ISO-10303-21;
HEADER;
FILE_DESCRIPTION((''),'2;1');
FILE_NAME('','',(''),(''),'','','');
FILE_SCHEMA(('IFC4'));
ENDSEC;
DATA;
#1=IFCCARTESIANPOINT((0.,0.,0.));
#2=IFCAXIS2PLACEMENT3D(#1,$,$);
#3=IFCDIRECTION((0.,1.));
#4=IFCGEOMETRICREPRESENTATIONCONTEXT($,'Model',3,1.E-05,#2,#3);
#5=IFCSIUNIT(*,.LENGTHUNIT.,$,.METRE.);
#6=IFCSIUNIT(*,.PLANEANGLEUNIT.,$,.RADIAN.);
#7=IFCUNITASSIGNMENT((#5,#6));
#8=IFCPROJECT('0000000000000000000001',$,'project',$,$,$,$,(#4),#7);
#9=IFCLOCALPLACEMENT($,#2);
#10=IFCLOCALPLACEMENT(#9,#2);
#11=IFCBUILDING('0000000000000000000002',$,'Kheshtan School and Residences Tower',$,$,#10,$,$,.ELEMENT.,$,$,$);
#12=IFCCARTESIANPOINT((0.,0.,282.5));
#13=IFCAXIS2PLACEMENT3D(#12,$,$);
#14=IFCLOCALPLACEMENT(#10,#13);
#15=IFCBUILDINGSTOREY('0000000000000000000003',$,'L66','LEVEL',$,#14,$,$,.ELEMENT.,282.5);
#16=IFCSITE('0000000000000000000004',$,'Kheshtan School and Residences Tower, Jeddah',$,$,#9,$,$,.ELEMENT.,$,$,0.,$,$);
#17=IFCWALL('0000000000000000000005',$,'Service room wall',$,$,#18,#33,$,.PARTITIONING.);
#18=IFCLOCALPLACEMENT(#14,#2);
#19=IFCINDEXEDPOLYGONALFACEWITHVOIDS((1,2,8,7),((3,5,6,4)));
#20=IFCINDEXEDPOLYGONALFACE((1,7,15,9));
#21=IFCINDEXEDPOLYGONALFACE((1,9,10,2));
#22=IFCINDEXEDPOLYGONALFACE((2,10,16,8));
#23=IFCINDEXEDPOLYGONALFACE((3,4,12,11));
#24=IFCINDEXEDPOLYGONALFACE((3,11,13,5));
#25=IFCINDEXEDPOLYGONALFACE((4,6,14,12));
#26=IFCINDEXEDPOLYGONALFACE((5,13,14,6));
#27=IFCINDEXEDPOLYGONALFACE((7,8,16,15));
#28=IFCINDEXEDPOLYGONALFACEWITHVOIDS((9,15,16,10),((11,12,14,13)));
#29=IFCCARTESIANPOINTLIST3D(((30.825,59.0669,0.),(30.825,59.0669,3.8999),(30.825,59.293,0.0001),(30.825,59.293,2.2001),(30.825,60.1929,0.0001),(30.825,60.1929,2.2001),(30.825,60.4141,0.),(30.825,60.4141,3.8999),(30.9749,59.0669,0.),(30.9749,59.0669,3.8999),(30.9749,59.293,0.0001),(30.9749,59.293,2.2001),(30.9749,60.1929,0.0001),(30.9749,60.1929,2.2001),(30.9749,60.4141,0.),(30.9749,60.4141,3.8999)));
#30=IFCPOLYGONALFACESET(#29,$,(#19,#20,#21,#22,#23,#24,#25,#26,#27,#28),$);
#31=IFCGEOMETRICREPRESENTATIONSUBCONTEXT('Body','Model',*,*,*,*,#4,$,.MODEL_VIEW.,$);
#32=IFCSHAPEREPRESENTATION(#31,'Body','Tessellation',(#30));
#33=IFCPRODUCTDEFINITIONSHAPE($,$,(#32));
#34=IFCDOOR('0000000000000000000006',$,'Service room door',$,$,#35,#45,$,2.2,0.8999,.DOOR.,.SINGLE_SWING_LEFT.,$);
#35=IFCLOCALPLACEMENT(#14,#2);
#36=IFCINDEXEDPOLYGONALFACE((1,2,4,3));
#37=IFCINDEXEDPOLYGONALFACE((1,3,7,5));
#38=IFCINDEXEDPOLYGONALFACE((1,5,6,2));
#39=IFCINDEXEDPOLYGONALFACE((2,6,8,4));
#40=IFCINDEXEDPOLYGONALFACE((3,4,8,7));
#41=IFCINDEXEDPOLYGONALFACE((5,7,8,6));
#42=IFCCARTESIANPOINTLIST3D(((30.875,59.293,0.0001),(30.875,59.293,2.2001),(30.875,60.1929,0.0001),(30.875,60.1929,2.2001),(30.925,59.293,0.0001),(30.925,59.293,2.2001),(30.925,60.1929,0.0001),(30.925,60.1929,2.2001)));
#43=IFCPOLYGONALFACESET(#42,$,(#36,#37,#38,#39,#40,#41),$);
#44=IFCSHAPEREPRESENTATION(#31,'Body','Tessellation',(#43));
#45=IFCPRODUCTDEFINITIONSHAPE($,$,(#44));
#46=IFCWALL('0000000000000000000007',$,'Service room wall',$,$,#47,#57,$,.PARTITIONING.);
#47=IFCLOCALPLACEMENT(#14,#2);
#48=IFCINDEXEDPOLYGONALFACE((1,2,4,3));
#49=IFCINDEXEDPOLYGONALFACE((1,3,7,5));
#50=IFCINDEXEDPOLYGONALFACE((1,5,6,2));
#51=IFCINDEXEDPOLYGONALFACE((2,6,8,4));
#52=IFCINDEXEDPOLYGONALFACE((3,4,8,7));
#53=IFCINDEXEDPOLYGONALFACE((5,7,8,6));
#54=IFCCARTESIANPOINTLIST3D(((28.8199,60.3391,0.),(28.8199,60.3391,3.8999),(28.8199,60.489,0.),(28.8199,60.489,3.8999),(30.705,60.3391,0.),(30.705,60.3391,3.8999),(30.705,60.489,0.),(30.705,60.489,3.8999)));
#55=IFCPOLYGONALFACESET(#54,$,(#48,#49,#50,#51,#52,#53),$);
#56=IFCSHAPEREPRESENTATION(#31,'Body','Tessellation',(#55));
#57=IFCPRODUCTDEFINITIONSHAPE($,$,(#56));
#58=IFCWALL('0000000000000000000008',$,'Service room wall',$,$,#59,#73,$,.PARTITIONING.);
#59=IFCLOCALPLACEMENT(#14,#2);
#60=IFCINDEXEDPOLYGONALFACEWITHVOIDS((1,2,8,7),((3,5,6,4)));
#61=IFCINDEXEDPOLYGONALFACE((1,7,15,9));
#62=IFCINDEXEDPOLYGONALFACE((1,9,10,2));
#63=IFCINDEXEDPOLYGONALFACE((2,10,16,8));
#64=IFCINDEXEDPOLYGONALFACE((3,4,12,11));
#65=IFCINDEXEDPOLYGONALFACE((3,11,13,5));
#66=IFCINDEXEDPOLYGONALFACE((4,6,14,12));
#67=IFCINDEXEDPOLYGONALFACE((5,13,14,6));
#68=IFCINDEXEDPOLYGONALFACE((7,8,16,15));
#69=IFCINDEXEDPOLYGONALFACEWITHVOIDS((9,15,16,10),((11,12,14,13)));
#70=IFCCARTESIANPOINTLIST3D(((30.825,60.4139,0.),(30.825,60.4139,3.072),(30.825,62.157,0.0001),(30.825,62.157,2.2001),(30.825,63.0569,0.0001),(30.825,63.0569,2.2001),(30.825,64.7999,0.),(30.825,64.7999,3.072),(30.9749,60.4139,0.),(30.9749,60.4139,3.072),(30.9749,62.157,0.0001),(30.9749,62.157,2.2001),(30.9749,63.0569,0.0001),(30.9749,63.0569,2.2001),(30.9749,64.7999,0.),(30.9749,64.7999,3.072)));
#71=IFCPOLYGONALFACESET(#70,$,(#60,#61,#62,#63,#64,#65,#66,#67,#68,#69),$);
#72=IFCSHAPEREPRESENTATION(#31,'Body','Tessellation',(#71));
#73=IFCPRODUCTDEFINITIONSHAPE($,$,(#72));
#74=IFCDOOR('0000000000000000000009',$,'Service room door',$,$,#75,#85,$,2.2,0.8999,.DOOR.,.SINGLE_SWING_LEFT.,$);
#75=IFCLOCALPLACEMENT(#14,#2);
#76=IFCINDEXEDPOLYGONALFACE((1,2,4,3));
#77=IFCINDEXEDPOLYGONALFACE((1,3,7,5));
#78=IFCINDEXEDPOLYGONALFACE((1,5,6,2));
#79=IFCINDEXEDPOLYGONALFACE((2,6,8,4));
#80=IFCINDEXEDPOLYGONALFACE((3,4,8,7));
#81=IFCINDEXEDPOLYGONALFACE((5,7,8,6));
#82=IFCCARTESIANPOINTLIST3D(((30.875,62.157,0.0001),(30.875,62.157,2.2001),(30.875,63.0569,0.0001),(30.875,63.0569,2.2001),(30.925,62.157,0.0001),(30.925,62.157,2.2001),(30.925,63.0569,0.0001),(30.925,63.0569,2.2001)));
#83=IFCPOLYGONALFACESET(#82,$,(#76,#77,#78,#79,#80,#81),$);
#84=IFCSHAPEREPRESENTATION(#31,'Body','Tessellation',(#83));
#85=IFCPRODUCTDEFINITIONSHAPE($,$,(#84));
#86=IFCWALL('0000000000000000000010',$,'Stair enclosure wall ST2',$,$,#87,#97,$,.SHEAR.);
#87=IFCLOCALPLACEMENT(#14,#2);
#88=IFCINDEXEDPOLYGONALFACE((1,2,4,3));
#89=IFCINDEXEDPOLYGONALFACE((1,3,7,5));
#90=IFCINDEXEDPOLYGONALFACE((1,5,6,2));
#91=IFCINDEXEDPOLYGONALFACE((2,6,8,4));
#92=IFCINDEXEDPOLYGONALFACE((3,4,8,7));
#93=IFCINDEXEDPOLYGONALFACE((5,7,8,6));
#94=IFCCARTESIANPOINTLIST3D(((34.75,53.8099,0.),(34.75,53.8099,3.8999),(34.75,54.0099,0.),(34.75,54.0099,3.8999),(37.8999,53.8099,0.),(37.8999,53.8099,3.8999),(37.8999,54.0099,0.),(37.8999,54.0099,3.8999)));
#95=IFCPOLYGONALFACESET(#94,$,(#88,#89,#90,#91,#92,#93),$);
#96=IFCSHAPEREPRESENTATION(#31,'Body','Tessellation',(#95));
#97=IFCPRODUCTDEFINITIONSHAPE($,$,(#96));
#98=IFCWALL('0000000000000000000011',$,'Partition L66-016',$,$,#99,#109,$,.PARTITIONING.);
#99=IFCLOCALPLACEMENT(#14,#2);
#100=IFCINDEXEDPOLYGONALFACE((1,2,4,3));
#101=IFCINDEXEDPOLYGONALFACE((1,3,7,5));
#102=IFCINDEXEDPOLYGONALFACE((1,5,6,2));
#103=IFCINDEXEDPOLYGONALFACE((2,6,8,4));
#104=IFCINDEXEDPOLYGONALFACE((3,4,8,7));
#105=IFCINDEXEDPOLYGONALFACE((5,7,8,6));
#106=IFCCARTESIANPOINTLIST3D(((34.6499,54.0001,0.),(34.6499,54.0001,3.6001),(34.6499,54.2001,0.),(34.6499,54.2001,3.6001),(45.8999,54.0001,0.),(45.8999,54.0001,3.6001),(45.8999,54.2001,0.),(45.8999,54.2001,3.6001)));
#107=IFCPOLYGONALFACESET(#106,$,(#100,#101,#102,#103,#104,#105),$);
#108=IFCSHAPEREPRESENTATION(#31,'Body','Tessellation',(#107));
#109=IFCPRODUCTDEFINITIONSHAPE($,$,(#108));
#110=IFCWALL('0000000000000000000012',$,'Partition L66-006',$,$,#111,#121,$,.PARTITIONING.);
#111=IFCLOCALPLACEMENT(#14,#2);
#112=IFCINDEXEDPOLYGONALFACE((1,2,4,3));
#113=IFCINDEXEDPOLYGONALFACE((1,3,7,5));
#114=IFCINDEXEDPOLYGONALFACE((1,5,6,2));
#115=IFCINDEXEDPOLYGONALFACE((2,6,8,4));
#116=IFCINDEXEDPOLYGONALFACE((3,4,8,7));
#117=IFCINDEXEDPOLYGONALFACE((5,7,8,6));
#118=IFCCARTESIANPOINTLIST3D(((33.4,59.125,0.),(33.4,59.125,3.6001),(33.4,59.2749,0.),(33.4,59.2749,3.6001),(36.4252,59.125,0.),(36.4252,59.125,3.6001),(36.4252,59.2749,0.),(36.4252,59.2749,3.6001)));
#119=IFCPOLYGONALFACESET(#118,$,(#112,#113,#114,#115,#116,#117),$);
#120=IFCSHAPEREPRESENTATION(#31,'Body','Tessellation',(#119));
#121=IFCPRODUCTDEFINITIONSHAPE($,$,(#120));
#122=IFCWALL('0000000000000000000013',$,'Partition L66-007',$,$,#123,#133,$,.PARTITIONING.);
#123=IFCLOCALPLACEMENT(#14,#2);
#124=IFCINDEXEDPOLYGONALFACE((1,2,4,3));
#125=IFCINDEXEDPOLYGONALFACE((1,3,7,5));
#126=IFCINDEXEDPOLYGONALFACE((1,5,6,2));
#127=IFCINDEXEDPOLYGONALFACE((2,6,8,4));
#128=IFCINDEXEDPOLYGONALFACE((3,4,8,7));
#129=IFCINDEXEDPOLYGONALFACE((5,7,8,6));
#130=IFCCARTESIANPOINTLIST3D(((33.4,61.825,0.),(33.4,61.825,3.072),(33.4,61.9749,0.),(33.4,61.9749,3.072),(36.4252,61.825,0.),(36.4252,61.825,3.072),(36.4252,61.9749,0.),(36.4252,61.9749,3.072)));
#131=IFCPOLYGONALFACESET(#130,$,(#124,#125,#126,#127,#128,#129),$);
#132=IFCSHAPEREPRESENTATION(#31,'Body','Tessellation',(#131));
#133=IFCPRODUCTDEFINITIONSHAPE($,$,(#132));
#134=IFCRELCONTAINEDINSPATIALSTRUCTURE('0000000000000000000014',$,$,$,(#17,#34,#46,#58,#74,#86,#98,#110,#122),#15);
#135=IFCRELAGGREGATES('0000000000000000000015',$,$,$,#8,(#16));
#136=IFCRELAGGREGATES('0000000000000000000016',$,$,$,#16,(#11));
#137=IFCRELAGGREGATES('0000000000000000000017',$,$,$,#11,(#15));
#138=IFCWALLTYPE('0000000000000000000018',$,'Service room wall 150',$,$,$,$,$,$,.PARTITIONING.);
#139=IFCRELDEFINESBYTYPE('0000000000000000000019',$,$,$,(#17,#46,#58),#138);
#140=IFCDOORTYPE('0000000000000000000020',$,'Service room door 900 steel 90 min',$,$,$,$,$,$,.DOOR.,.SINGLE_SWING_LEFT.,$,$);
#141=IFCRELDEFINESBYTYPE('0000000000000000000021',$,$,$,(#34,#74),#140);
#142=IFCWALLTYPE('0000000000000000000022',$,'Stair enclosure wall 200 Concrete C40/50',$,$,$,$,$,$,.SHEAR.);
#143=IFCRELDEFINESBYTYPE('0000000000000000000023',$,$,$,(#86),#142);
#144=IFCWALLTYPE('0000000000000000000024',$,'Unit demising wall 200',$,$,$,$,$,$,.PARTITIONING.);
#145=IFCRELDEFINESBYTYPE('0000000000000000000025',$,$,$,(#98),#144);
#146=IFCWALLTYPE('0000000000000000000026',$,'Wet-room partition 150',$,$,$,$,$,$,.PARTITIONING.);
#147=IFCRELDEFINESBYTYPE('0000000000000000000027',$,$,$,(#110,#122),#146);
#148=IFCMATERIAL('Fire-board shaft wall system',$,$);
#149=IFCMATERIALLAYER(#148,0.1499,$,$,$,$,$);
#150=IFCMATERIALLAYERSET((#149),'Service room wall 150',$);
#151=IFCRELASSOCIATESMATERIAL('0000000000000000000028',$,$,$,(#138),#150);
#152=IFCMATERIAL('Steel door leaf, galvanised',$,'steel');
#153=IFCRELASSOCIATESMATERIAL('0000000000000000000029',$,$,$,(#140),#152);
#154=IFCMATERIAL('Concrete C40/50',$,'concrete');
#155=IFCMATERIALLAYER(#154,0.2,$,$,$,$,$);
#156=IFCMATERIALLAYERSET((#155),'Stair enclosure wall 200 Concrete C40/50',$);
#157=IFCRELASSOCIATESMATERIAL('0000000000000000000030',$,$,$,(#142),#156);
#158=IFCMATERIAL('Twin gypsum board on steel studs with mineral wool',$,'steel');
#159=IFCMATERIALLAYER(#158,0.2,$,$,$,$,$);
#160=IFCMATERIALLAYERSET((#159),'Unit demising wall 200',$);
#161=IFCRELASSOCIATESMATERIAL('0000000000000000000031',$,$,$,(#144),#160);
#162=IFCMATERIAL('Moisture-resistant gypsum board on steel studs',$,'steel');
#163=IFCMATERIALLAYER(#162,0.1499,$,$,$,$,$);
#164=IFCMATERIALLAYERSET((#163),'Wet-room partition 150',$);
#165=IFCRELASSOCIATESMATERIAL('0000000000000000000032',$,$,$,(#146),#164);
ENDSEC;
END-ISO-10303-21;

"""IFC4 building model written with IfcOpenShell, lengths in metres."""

from ifc_helpers import new_model, si_unit, direction, frame, frame_2d, origin, place, context, subcontext, project, spatial, rectangle, extrude, source, transform, mapped, material, layer, layer_set, type_object, element, fill, save


model = new_model("IFC4")

# Units and contexts
model_context = context("Model", 3, precision=1e-05, world=origin(), true_north=direction((0.0, 1.0)))
body_context = subcontext(model_context, "Body", "Model", "MODEL_VIEW")
ifc_project = project(units=[si_unit("LENGTHUNIT", "METRE"), si_unit("PLANEANGLEUNIT", "RADIAN")], contexts=[model_context])

# Site, building, storey
site_placement = place(None, origin())
site = spatial("IfcSite", under=ifc_project, at=site_placement, Name="Kheshtan School and Residences Tower, Jeddah", CompositionType="ELEMENT", RefElevation=0.0)
building_placement = place(site_placement, origin())
building = spatial("IfcBuilding", under=site, at=building_placement, Name="Kheshtan School and Residences Tower", CompositionType="ELEMENT")
storey_placement = place(building_placement, frame((0.0, 0.0, 282.5)))
storey = spatial("IfcBuildingStorey", under=building, at=storey_placement, Name="L66", Description="LEVEL", CompositionType="ELEMENT", Elevation=282.5)

# Shared definitions
ifc_material_1 = material(Name="Fire-board shaft wall system")
ifc_layer_1 = layer(ifc_material_1, 0.1499)
ifc_layer_set_1 = layer_set([ifc_layer_1], Name="Service room wall 150")
wall_type_1 = type_object("IfcWallType", Name="Service room wall 150", PredefinedType="PARTITIONING", material=ifc_layer_set_1)

# Wall, opening, door
wall_1_placement = place(storey_placement, frame((30.8999, 59.0669, 0.0), z_axis=(0.0, 0.0, 1.0), x_axis=(0.0, 1.0, 0.0)))
wall_1 = element("IfcWall", 1, at=wall_1_placement, inside=storey, type_object=wall_type_1, Name="Service room wall", PredefinedType="PARTITIONING", context=body_context, shape_type="SweptSolid", body=[
    extrude(rectangle(XDim=1.3472, YDim=0.1499, at=frame_2d((0.6736, 0.0))), origin(), (0.0, 0.0, 1.0), 3.8999),
])
opening_1_placement = place(wall_1_placement, frame((0.2261, 0.0, 0.0)))
opening_1 = element("IfcOpeningElement", 2, at=opening_1_placement, cuts=wall_1, PredefinedType="OPENING", context=body_context, shape_type="SweptSolid", body=[
    extrude(rectangle(XDim=0.8999, YDim=2.2, at=frame_2d((0.45, 1.1001))), frame((0.0, 0.085, 0.0), z_axis=(0.0, -1.0, 0.0), x_axis=(1.0, 0.0, 0.0)), (0.0, 0.0, 1.0), 0.1699),
])
ifc_material_2 = material(Name="Steel door leaf, galvanised", Category="steel")
door_type_1 = type_object("IfcDoorType", Name="Service room door 900 steel 90 min", OperationType="SINGLE_SWING_LEFT", PredefinedType="DOOR", material=ifc_material_2)
shared_shape_1 = source(origin(), body_context, "Body", "SweptSolid", [
    extrude(rectangle(XDim=0.8999, YDim=2.2, at=frame_2d((0.45, 1.1001))), frame((0.0, 0.0249, 0.0), z_axis=(0.0, -1.0, 0.0), x_axis=(1.0, 0.0, 0.0)), (0.0, 0.0, 1.0), 0.05),
])
door_1_placement = place(opening_1_placement, origin())
door_1 = element("IfcDoor", 3, at=door_1_placement, inside=storey, type_object=door_type_1, Name="Service room door", OperationType="SINGLE_SWING_LEFT", OverallHeight=2.2, OverallWidth=0.8999, PredefinedType="DOOR", context=body_context, shape_type="MappedRepresentation", body=[
    mapped(shared_shape_1, transform((0.0, 0.0, 0.0), x_axis=(1.0, 0.0, 0.0), y_axis=(0.0, 1.0, 0.0), z_axis=(0.0, 0.0, 1.0), scale=1.0)),
])
fill(opening_1, door_1)

# Wall
wall_2_placement = place(storey_placement, frame((28.8201, 60.4141, 0.0), z_axis=(0.0, 0.0, 1.0), x_axis=(1.0, 0.0, 0.0)))
element("IfcWall", 4, at=wall_2_placement, inside=storey, type_object=wall_type_1, Name="Service room wall", PredefinedType="PARTITIONING", context=body_context, shape_type="SweptSolid", body=[
    extrude(rectangle(XDim=1.885, YDim=0.1499, at=frame_2d((0.9424, 0.0))), origin(), (0.0, 0.0, 1.0), 3.8999),
])

# Wall, opening, door
wall_3_placement = place(storey_placement, frame((30.8999, 60.4141, 0.0), z_axis=(0.0, 0.0, 1.0), x_axis=(0.0, 1.0, 0.0)))
wall_3 = element("IfcWall", 5, at=wall_3_placement, inside=storey, type_object=wall_type_1, Name="Service room wall", PredefinedType="PARTITIONING", context=body_context, shape_type="SweptSolid", body=[
    extrude(rectangle(XDim=4.386, YDim=0.1499, at=frame_2d((2.1929, 0.0))), origin(), (0.0, 0.0, 1.0), 3.072),
])
opening_2_placement = place(wall_3_placement, frame((1.7429, 0.0, 0.0)))
opening_2 = element("IfcOpeningElement", 6, at=opening_2_placement, cuts=wall_3, PredefinedType="OPENING", context=body_context, shape_type="SweptSolid", body=[
    extrude(rectangle(XDim=0.8999, YDim=2.2, at=frame_2d((0.45, 1.1001))), frame((0.0, 0.085, 0.0), z_axis=(0.0, -1.0, 0.0), x_axis=(1.0, 0.0, 0.0)), (0.0, 0.0, 1.0), 0.1699),
])
door_2_placement = place(opening_2_placement, origin())
door_2 = element("IfcDoor", 7, at=door_2_placement, inside=storey, type_object=door_type_1, Name="Service room door", OperationType="SINGLE_SWING_LEFT", OverallHeight=2.2, OverallWidth=0.8999, PredefinedType="DOOR", context=body_context, shape_type="MappedRepresentation", body=[
    mapped(shared_shape_1, transform((0.0, 0.0, 0.0), x_axis=(1.0, 0.0, 0.0), y_axis=(0.0, 1.0, 0.0), z_axis=(0.0, 0.0, 1.0), scale=1.0)),
])
fill(opening_2, door_2)

# Walls
ifc_material_3 = material(Name="Concrete C40/50", Category="concrete")
ifc_layer_2 = layer(ifc_material_3, 0.2)
ifc_layer_set_2 = layer_set([ifc_layer_2], Name="Stair enclosure wall 200 Concrete C40/50")
wall_type_2 = type_object("IfcWallType", Name="Stair enclosure wall 200 Concrete C40/50", PredefinedType="SHEAR", material=ifc_layer_set_2)
wall_4_placement = place(storey_placement, frame((34.75, 53.9099, 0.0), z_axis=(0.0, 0.0, 1.0), x_axis=(1.0, 0.0, 0.0)))
element("IfcWall", 8, at=wall_4_placement, inside=storey, type_object=wall_type_2, Name="Stair enclosure wall ST2", PredefinedType="SHEAR", context=body_context, shape_type="SweptSolid", body=[
    extrude(rectangle(XDim=3.1499, YDim=0.2, at=frame_2d((1.575, 0.0))), origin(), (0.0, 0.0, 1.0), 3.8999),
])
ifc_material_4 = material(Name="Twin gypsum board on steel studs with mineral wool", Category="steel")
ifc_layer_3 = layer(ifc_material_4, 0.2)
ifc_layer_set_3 = layer_set([ifc_layer_3], Name="Unit demising wall 200")
wall_type_3 = type_object("IfcWallType", Name="Unit demising wall 200", PredefinedType="PARTITIONING", material=ifc_layer_set_3)
wall_5_placement = place(storey_placement, frame((34.6499, 54.1001, 0.0), z_axis=(0.0, 0.0, 1.0), x_axis=(1.0, 0.0, 0.0)))
element("IfcWall", 9, at=wall_5_placement, inside=storey, type_object=wall_type_3, Name="Partition L66-016", PredefinedType="PARTITIONING", context=body_context, shape_type="SweptSolid", body=[
    extrude(rectangle(XDim=11.25, YDim=0.2, at=frame_2d((5.625, 0.0))), origin(), (0.0, 0.0, 1.0), 3.6001),
])
ifc_material_5 = material(Name="Moisture-resistant gypsum board on steel studs", Category="steel")
ifc_layer_4 = layer(ifc_material_5, 0.1499)
ifc_layer_set_4 = layer_set([ifc_layer_4], Name="Wet-room partition 150")
wall_type_4 = type_object("IfcWallType", Name="Wet-room partition 150", PredefinedType="PARTITIONING", material=ifc_layer_set_4)
wall_6_placement = place(storey_placement, frame((33.3999, 59.2, 0.0), z_axis=(0.0, 0.0, 1.0), x_axis=(1.0, 0.0, 0.0)))
element("IfcWall", 10, at=wall_6_placement, inside=storey, type_object=wall_type_4, Name="Partition L66-006", PredefinedType="PARTITIONING", context=body_context, shape_type="SweptSolid", body=[
    extrude(rectangle(XDim=3.0251, YDim=0.1499, at=frame_2d((1.5127, 0.0))), origin(), (0.0, 0.0, 1.0), 3.6001),
])
wall_7_placement = place(storey_placement, frame((33.3999, 61.8999, 0.0), z_axis=(0.0, 0.0, 1.0), x_axis=(1.0, 0.0, 0.0)))
element("IfcWall", 11, at=wall_7_placement, inside=storey, type_object=wall_type_4, Name="Partition L66-007", PredefinedType="PARTITIONING", context=body_context, shape_type="SweptSolid", body=[
    extrude(rectangle(XDim=3.0251, YDim=0.1499, at=frame_2d((1.5127, 0.0))), origin(), (0.0, 0.0, 1.0), 3.072),
])

save(model, "model.ifc")
